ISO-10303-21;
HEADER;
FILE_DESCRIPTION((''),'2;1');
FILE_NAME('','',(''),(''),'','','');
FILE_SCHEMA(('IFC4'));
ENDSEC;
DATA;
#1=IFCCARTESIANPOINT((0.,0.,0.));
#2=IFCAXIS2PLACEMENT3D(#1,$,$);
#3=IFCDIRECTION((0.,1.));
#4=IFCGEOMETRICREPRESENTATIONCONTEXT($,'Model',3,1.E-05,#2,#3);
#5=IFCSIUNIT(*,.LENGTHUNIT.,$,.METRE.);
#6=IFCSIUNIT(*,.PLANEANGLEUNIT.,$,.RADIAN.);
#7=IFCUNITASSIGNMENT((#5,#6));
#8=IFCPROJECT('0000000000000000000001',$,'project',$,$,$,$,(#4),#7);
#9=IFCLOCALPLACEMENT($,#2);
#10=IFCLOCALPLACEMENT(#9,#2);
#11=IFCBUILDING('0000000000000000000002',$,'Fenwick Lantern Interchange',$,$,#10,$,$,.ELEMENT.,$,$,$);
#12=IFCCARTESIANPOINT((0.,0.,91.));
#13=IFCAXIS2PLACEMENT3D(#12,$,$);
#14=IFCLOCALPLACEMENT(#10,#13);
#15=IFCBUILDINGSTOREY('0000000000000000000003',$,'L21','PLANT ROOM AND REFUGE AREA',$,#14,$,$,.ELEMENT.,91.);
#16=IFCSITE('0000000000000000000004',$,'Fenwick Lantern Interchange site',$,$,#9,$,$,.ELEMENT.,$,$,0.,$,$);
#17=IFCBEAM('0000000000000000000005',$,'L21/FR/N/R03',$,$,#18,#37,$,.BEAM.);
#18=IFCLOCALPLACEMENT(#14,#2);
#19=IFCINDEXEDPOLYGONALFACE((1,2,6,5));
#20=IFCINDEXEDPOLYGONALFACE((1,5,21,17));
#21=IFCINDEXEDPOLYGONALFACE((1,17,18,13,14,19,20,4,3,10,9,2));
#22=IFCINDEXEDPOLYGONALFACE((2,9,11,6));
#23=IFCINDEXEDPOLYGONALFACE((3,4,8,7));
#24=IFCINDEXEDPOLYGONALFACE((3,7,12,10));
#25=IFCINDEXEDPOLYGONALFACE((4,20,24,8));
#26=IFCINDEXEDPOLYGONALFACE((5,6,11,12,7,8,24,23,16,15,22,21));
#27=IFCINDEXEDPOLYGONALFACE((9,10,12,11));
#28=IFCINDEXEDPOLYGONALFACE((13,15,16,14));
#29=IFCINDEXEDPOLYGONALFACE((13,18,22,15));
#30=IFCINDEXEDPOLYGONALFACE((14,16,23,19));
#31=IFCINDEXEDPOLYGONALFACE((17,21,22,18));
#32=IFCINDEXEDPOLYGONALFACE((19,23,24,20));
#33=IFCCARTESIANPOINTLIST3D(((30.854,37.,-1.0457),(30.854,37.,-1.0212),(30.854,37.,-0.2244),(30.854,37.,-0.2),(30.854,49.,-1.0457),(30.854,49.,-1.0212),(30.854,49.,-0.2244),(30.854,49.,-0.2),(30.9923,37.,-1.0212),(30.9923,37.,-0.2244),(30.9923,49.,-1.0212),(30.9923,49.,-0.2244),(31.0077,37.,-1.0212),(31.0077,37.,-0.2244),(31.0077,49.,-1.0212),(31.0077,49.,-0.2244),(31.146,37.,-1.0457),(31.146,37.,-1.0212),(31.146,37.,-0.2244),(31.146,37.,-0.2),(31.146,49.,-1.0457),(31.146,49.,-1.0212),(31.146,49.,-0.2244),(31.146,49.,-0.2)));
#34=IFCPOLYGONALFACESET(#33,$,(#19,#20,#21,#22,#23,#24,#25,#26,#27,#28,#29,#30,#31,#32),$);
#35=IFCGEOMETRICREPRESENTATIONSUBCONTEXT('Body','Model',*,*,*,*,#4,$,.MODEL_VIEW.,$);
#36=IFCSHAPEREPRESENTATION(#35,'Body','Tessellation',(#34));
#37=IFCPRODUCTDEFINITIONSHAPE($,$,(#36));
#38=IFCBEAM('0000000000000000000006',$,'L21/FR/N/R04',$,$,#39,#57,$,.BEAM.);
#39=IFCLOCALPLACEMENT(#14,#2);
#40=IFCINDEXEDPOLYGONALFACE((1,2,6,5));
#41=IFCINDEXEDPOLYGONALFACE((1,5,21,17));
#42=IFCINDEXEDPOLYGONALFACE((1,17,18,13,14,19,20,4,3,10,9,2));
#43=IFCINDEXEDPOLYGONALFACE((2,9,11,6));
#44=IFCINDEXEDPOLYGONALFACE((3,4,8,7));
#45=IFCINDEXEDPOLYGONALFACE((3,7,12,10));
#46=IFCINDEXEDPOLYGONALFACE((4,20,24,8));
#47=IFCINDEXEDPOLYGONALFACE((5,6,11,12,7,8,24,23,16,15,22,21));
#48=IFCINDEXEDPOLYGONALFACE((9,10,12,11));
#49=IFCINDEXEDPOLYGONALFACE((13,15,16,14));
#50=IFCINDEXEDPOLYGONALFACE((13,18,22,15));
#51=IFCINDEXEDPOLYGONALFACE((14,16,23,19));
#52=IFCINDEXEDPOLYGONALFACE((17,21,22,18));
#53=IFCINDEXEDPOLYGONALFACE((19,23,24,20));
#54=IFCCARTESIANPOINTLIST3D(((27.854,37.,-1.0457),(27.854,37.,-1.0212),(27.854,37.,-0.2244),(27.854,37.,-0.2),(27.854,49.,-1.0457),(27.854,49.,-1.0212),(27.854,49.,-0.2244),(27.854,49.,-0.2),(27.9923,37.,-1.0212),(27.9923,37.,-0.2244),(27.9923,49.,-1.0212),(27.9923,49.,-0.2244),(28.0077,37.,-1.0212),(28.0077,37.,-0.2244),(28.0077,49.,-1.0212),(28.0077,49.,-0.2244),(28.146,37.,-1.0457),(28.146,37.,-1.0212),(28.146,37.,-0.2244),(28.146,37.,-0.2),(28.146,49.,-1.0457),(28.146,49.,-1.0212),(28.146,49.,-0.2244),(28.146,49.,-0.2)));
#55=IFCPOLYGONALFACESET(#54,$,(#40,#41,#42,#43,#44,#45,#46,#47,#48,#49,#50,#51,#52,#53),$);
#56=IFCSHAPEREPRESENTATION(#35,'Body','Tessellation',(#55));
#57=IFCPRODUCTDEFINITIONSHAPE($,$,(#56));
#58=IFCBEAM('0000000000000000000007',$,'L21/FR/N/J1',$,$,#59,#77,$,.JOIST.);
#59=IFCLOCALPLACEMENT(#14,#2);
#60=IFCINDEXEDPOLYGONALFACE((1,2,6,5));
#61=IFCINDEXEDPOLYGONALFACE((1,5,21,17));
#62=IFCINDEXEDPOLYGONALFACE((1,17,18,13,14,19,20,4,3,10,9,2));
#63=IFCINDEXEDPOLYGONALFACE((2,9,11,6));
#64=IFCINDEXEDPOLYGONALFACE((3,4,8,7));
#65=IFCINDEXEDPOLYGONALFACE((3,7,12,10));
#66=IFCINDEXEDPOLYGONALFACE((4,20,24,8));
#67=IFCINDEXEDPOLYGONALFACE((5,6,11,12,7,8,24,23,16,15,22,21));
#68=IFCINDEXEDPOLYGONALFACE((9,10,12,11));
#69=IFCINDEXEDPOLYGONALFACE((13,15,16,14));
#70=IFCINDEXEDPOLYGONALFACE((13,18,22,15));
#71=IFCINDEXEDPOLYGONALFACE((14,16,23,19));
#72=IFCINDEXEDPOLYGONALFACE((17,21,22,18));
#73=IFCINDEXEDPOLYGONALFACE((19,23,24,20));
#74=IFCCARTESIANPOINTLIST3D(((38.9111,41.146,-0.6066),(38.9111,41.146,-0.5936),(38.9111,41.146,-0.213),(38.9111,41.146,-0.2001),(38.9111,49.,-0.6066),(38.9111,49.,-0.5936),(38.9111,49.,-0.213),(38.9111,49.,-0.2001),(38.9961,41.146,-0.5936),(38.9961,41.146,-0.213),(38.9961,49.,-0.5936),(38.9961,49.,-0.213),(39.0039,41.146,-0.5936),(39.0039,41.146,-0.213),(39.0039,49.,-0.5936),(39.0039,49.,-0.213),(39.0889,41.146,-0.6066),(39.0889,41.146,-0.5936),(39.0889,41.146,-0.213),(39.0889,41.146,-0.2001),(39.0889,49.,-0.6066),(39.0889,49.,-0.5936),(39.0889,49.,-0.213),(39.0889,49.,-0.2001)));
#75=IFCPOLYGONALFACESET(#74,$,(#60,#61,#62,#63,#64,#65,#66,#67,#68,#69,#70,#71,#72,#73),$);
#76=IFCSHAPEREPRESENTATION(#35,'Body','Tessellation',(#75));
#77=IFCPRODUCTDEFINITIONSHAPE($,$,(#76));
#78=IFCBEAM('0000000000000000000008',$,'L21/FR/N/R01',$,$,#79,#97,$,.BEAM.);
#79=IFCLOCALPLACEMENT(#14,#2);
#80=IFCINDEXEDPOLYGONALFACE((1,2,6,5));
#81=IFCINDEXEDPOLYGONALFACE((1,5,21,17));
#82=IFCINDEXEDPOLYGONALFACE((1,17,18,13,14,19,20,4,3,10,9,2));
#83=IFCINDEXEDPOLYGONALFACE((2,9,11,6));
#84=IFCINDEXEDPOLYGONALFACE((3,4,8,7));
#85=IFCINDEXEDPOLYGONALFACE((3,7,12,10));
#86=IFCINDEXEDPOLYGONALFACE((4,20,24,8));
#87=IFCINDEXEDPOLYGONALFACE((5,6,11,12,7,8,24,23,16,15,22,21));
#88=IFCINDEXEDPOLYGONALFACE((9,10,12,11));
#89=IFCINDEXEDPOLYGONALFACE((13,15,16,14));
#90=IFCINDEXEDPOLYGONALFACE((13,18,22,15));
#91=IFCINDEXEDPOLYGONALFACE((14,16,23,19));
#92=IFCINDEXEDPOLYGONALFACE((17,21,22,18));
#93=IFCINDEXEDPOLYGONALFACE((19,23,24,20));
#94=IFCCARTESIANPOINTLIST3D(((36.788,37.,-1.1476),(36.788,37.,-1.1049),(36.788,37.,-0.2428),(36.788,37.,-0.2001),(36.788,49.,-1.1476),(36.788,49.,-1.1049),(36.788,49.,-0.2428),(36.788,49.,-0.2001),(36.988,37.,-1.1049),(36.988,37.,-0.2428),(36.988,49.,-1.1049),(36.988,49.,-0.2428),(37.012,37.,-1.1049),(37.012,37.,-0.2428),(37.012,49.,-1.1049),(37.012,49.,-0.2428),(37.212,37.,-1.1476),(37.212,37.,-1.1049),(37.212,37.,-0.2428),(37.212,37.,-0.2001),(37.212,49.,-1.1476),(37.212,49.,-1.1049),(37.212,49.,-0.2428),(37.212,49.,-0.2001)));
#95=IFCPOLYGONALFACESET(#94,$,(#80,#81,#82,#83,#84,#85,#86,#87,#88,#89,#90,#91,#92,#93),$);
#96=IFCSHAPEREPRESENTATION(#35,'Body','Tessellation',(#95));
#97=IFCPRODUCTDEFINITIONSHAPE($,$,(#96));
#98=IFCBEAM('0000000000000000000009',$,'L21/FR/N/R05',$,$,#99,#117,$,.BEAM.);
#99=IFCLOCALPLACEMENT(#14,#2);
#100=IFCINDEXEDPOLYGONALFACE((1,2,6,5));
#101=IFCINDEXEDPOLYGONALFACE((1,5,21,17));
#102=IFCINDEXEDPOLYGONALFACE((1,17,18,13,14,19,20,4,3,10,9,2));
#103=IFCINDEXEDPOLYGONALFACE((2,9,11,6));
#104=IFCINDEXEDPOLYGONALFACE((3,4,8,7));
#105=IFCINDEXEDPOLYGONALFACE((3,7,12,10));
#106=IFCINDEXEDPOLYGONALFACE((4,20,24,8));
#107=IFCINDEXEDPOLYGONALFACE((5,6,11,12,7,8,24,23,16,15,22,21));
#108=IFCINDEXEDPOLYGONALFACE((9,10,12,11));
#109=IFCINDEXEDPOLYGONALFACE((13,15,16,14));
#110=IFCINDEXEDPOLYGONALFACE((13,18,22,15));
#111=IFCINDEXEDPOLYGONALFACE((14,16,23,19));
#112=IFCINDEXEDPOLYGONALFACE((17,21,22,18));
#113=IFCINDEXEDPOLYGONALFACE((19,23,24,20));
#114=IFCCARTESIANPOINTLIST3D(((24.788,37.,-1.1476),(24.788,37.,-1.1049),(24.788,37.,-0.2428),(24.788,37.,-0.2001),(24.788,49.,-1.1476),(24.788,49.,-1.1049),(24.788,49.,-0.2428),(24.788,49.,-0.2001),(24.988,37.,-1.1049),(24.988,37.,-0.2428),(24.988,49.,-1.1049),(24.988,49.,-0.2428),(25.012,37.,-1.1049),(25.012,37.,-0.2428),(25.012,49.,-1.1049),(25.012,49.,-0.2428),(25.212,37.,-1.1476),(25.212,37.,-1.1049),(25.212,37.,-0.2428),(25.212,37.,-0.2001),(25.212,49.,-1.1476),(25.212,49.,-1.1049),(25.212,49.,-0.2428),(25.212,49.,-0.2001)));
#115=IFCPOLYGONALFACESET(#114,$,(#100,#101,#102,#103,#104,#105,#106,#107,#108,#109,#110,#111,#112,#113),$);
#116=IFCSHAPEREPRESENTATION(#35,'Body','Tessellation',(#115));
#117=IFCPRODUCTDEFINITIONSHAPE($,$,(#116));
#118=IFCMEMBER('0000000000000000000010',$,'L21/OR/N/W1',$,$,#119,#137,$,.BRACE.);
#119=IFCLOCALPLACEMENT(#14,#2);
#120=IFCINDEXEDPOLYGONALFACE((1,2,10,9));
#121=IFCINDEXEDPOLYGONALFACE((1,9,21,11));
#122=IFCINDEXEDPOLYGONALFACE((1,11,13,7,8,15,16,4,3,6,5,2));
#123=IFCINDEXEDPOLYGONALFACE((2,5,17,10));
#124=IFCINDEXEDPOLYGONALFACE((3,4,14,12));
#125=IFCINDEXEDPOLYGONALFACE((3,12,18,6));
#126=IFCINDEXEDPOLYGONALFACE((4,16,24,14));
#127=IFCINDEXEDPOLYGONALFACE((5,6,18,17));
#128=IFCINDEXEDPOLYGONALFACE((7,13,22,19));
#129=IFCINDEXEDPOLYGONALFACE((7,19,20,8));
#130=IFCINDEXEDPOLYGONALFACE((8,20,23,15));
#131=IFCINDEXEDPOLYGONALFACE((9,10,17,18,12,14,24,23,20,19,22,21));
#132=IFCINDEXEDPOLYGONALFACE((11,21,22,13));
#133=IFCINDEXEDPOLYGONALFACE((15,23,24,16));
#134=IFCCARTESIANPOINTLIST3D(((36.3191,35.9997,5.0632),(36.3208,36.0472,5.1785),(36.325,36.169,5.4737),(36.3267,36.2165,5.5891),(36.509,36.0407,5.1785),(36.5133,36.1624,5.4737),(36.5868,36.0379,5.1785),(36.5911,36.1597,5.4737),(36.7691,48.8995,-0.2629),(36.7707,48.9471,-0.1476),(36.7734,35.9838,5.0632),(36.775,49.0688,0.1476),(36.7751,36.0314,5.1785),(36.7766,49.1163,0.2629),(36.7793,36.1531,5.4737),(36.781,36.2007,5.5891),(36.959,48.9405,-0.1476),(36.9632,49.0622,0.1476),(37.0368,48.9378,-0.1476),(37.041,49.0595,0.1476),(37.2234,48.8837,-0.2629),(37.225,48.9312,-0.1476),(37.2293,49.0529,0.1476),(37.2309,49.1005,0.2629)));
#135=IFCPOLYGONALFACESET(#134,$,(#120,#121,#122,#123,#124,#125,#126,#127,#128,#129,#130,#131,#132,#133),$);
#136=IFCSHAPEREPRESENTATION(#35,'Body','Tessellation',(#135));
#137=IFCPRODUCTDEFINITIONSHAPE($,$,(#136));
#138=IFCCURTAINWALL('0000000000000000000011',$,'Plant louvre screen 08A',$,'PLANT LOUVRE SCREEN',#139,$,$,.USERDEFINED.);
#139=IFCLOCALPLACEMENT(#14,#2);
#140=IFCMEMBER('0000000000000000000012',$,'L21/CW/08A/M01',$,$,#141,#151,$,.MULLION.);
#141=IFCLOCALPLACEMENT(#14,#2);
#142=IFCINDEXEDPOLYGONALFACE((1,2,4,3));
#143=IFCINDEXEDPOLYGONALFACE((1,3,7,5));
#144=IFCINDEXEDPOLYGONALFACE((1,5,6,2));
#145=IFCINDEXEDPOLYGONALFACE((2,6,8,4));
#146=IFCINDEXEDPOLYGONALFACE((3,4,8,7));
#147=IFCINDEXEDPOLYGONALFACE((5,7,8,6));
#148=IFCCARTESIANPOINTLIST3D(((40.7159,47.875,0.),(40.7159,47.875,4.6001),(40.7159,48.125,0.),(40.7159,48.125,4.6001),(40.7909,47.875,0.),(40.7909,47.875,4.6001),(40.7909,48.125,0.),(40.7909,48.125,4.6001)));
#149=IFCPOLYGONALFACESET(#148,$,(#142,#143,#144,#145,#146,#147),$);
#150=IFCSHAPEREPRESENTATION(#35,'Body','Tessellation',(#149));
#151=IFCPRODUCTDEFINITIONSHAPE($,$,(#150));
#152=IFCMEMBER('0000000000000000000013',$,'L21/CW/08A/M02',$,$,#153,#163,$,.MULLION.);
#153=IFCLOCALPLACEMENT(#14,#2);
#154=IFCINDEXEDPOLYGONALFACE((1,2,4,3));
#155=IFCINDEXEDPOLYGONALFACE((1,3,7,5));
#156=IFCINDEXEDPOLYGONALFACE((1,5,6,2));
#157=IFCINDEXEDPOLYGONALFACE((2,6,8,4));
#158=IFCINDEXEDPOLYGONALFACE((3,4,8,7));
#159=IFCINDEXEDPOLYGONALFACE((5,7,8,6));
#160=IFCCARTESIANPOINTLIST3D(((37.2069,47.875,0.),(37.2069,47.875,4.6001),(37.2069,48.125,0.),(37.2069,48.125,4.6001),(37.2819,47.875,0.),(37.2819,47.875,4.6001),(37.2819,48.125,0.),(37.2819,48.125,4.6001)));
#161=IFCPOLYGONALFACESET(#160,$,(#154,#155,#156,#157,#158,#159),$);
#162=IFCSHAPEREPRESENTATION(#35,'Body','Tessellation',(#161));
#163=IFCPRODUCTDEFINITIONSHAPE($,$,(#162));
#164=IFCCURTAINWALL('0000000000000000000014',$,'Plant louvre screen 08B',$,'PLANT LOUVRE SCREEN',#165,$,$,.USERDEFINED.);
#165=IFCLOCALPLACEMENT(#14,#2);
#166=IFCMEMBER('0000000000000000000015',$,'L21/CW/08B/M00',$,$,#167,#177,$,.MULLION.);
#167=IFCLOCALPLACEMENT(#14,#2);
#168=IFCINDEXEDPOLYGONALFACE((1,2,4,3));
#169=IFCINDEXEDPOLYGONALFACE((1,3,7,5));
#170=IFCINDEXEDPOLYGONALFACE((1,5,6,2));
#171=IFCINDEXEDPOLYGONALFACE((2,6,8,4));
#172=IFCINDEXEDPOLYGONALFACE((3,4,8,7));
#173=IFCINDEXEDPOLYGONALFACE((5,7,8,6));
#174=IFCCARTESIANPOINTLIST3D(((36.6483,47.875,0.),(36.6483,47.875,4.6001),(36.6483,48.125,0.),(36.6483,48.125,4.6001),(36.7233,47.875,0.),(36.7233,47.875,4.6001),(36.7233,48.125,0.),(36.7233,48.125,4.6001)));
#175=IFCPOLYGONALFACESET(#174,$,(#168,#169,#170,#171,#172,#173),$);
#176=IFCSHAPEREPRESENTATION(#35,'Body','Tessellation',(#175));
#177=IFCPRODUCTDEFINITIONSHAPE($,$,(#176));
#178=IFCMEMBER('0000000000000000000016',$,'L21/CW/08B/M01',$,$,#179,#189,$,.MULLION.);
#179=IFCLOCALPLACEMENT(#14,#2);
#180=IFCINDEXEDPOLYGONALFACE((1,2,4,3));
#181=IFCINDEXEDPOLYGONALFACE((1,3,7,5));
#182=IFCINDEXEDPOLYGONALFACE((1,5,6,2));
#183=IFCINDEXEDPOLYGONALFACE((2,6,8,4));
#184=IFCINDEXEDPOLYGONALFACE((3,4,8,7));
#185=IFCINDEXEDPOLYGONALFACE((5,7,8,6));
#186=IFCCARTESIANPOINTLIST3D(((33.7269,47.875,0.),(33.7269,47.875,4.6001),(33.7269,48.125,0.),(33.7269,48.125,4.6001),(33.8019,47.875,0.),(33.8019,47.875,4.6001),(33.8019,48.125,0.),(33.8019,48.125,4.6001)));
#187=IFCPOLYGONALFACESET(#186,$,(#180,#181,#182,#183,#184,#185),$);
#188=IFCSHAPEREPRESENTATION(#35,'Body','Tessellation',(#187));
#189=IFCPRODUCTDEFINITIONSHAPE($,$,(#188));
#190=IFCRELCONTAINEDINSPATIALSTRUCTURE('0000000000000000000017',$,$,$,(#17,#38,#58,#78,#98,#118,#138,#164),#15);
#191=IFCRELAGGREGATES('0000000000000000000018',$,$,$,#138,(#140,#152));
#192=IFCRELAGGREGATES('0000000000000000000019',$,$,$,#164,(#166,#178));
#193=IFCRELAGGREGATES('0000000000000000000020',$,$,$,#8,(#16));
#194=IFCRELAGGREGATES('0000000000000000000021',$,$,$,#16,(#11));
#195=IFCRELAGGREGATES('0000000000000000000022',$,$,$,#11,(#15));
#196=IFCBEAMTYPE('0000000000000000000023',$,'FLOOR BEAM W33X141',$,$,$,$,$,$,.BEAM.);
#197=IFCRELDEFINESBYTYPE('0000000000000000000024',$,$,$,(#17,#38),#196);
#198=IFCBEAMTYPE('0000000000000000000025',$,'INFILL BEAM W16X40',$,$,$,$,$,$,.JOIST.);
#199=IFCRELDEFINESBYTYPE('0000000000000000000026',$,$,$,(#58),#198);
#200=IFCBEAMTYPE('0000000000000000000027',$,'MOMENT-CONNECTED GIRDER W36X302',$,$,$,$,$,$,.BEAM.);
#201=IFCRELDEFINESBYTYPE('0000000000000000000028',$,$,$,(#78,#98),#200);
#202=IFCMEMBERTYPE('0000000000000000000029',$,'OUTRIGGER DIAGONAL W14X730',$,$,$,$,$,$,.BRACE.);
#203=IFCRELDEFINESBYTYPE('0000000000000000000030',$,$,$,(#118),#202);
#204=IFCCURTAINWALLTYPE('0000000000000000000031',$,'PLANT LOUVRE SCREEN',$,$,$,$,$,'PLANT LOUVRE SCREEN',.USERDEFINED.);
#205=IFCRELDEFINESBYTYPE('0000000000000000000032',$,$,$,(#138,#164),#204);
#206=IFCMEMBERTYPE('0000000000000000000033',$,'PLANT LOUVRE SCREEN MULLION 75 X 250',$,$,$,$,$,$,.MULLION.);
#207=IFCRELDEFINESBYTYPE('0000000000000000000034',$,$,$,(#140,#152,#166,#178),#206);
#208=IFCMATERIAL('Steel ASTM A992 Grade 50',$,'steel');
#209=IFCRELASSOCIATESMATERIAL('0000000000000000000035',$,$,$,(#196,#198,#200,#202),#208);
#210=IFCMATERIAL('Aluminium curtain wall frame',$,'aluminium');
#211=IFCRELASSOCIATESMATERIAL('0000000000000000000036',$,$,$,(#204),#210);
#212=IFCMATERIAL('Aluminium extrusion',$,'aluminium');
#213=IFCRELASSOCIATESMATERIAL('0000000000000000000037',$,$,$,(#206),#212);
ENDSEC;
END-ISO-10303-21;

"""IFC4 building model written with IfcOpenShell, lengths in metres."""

from ifc_helpers import new_model, si_unit, direction, frame, origin, origin_2d, place, context, subcontext, project, spatial, rectangle, i_section, extrude, material, material_profile, profile_set, type_object, element, aggregate, save


model = new_model("IFC4")

# Units and contexts
model_context = context("Model", 3, precision=1e-05, world=origin(), true_north=direction((0.0, 1.0)))
body_context = subcontext(model_context, "Body", "Model", "MODEL_VIEW")
ifc_project = project(units=[si_unit("LENGTHUNIT", "METRE"), si_unit("PLANEANGLEUNIT", "RADIAN")], contexts=[model_context])

# Site, building, storey
site_placement = place(None, origin())
site = spatial("IfcSite", under=ifc_project, at=site_placement, Name="Fenwick Lantern Interchange site", CompositionType="ELEMENT", RefElevation=0.0)
building_placement = place(site_placement, origin())
building = spatial("IfcBuilding", under=site, at=building_placement, Name="Fenwick Lantern Interchange", CompositionType="ELEMENT")
storey_placement = place(building_placement, frame((0.0, 0.0, 91.0)))
storey = spatial("IfcBuildingStorey", under=building, at=storey_placement, Name="L21", Description="PLANT ROOM AND REFUGE AREA", CompositionType="ELEMENT", Elevation=91.0)

# Shared definitions
ifc_material_1 = material(Name="Steel ASTM A992 Grade 50", Category="steel")

# Beams
ifc_material_profile_1 = material_profile(ifc_material_1, i_section(OverallWidth=0.292, OverallDepth=0.8457, WebThickness=0.0154, FlangeThickness=0.0244, at=origin_2d()), Name="W33X141")
ifc_profile_set_1 = profile_set([ifc_material_profile_1], Name="Steel ASTM A992 Grade 50")
beam_type_1 = type_object("IfcBeamType", Name="FLOOR BEAM W33X141", PredefinedType="BEAM", material=ifc_profile_set_1)
for number, where, z_axis, x_axis, name in (
    (1, (31.0, 49.0, -0.6228), (0.0, -1.0, 0.0), (1.0, 0.0, 0.0), "L21/FR/N/R03"),
    (2, (28.0, 49.0, -0.6228), (0.0, -1.0, 0.0), (1.0, 0.0, 0.0), "L21/FR/N/R04"),
):
    element("IfcBeam", number, at=place(storey_placement, frame(where, z_axis=z_axis, x_axis=x_axis)), inside=storey, type_object=beam_type_1, Name=name, PredefinedType="BEAM", context=body_context, shape_type="SweptSolid", body=[
        extrude(i_section(OverallWidth=0.292, OverallDepth=0.8457, WebThickness=0.0154, FlangeThickness=0.0244, at=origin_2d()), origin(), (0.0, 0.0, 1.0), 12.0),
    ])
ifc_material_profile_2 = material_profile(ifc_material_1, i_section(OverallWidth=0.1777, OverallDepth=0.4065, WebThickness=0.0078, FlangeThickness=0.0129, at=origin_2d()), Name="W16X40")
ifc_profile_set_2 = profile_set([ifc_material_profile_2], Name="Steel ASTM A992 Grade 50")
beam_type_2 = type_object("IfcBeamType", Name="INFILL BEAM W16X40", PredefinedType="JOIST", material=ifc_profile_set_2)
beam_placement = place(storey_placement, frame((39.0, 49.0, -0.4033), z_axis=(0.0, -1.0, 0.0), x_axis=(1.0, 0.0, 0.0)))
element("IfcBeam", 3, at=beam_placement, inside=storey, type_object=beam_type_2, Name="L21/FR/N/J1", PredefinedType="JOIST", context=body_context, shape_type="SweptSolid", body=[
    extrude(i_section(OverallWidth=0.1777, OverallDepth=0.4065, WebThickness=0.0078, FlangeThickness=0.0129, at=origin_2d()), origin(), (0.0, 0.0, 1.0), 7.854),
])
ifc_material_profile_3 = material_profile(ifc_material_1, i_section(OverallWidth=0.4241, OverallDepth=0.9475, WebThickness=0.0239, FlangeThickness=0.0427, at=origin_2d()), Name="W36X302")
ifc_profile_set_3 = profile_set([ifc_material_profile_3], Name="Steel ASTM A992 Grade 50")
beam_type_3 = type_object("IfcBeamType", Name="MOMENT-CONNECTED GIRDER W36X302", PredefinedType="BEAM", material=ifc_profile_set_3)
for number, where, z_axis, x_axis, name in (
    (4, (37.0, 49.0, -0.6738), (0.0, -1.0, 0.0), (1.0, 0.0, 0.0), "L21/FR/N/R01"),
    (5, (25.0, 49.0, -0.6738), (0.0, -1.0, 0.0), (1.0, 0.0, 0.0), "L21/FR/N/R05"),
):
    element("IfcBeam", number, at=place(storey_placement, frame(where, z_axis=z_axis, x_axis=x_axis)), inside=storey, type_object=beam_type_3, Name=name, PredefinedType="BEAM", context=body_context, shape_type="SweptSolid", body=[
        extrude(i_section(OverallWidth=0.4241, OverallDepth=0.9475, WebThickness=0.0239, FlangeThickness=0.0427, at=origin_2d()), origin(), (0.0, 0.0, 1.0), 12.0),
    ])

# Member
ifc_material_profile_4 = material_profile(ifc_material_1, i_section(OverallWidth=0.4546, OverallDepth=0.5688, WebThickness=0.0779, FlangeThickness=0.1248, at=origin_2d()), Name="W14X730")
ifc_profile_set_4 = profile_set([ifc_material_profile_4], Name="Steel ASTM A992 Grade 50")
member_type_1 = type_object("IfcMemberType", Name="OUTRIGGER DIAGONAL W14X730", PredefinedType="BRACE", material=ifc_profile_set_4)
member_1_placement = place(storey_placement, frame((37.0, 49.0, 0.0), z_axis=(-0.032223, -0.923833, 0.381437), x_axis=(0.999392, -0.034859, 0.0)))
element("IfcMember", 6, at=member_1_placement, inside=storey, type_object=member_type_1, Name="L21/OR/N/W1", PredefinedType="BRACE", context=body_context, shape_type="SweptSolid", body=[
    extrude(i_section(OverallWidth=0.4546, OverallDepth=0.5688, WebThickness=0.0779, FlangeThickness=0.1248, at=origin_2d()), origin(), (0.0, 0.0, 1.0), 13.9634),
])

# Curtain walls, members
ifc_material_2 = material(Name="Aluminium curtain wall frame", Category="aluminium")
curtain_wall_type = type_object("IfcCurtainWallType", Name="PLANT LOUVRE SCREEN", ElementType="PLANT LOUVRE SCREEN", PredefinedType="USERDEFINED", material=ifc_material_2)
curtain_wall_1_placement = place(storey_placement, origin())
curtain_wall_1 = element("IfcCurtainWall", 7, at=curtain_wall_1_placement, inside=storey, type_object=curtain_wall_type, Name="Plant louvre screen 08A", ObjectType="PLANT LOUVRE SCREEN", PredefinedType="USERDEFINED")
ifc_material_3 = material(Name="Aluminium extrusion", Category="aluminium")
ifc_material_profile_5 = material_profile(ifc_material_3, rectangle(XDim=0.25, YDim=0.075, at=origin_2d()), Name="PLANT LOUVRE SCREEN MULLION 75 X 250")
ifc_profile_set_5 = profile_set([ifc_material_profile_5], Name="Aluminium extrusion")
member_type_2 = type_object("IfcMemberType", Name="PLANT LOUVRE SCREEN MULLION 75 X 250", PredefinedType="MULLION", material=ifc_profile_set_5)
member_2_placement = place(storey_placement, frame((40.7534, 48.0, 0.0), z_axis=(0.0, 0.0, 1.0), x_axis=(0.0, -1.0, 0.0)))
member_2 = element("IfcMember", 8, at=member_2_placement, type_object=member_type_2, Name="L21/CW/08A/M01", PredefinedType="MULLION", context=body_context, shape_type="SweptSolid", body=[
    extrude(rectangle(XDim=0.25, YDim=0.075, at=origin_2d()), origin(), (0.0, 0.0, 1.0), 4.6001),
])
member_3_placement = place(storey_placement, frame((37.2444, 48.0, 0.0), z_axis=(0.0, 0.0, 1.0), x_axis=(0.0, -1.0, 0.0)))
member_3 = element("IfcMember", 9, at=member_3_placement, type_object=member_type_2, Name="L21/CW/08A/M02", PredefinedType="MULLION", context=body_context, shape_type="SweptSolid", body=[
    extrude(rectangle(XDim=0.25, YDim=0.075, at=origin_2d()), origin(), (0.0, 0.0, 1.0), 4.6001),
])
curtain_wall_2_placement = place(storey_placement, origin())
curtain_wall_2 = element("IfcCurtainWall", 10, at=curtain_wall_2_placement, inside=storey, type_object=curtain_wall_type, Name="Plant louvre screen 08B", ObjectType="PLANT LOUVRE SCREEN", PredefinedType="USERDEFINED")
member_4_placement = place(storey_placement, frame((36.6858, 48.0, 0.0), z_axis=(0.0, 0.0, 1.0), x_axis=(0.0, -1.0, 0.0)))
member_4 = element("IfcMember", 11, at=member_4_placement, type_object=member_type_2, Name="L21/CW/08B/M00", PredefinedType="MULLION", context=body_context, shape_type="SweptSolid", body=[
    extrude(rectangle(XDim=0.25, YDim=0.075, at=origin_2d()), origin(), (0.0, 0.0, 1.0), 4.6001),
])
member_5_placement = place(storey_placement, frame((33.7644, 48.0, 0.0), z_axis=(0.0, 0.0, 1.0), x_axis=(0.0, -1.0, 0.0)))
member_5 = element("IfcMember", 12, at=member_5_placement, type_object=member_type_2, Name="L21/CW/08B/M01", PredefinedType="MULLION", context=body_context, shape_type="SweptSolid", body=[
    extrude(rectangle(XDim=0.25, YDim=0.075, at=origin_2d()), origin(), (0.0, 0.0, 1.0), 4.6001),
])

aggregate(curtain_wall_1, [member_2, member_3])
aggregate(curtain_wall_2, [member_4, member_5])

save(model, "model.ifc")
